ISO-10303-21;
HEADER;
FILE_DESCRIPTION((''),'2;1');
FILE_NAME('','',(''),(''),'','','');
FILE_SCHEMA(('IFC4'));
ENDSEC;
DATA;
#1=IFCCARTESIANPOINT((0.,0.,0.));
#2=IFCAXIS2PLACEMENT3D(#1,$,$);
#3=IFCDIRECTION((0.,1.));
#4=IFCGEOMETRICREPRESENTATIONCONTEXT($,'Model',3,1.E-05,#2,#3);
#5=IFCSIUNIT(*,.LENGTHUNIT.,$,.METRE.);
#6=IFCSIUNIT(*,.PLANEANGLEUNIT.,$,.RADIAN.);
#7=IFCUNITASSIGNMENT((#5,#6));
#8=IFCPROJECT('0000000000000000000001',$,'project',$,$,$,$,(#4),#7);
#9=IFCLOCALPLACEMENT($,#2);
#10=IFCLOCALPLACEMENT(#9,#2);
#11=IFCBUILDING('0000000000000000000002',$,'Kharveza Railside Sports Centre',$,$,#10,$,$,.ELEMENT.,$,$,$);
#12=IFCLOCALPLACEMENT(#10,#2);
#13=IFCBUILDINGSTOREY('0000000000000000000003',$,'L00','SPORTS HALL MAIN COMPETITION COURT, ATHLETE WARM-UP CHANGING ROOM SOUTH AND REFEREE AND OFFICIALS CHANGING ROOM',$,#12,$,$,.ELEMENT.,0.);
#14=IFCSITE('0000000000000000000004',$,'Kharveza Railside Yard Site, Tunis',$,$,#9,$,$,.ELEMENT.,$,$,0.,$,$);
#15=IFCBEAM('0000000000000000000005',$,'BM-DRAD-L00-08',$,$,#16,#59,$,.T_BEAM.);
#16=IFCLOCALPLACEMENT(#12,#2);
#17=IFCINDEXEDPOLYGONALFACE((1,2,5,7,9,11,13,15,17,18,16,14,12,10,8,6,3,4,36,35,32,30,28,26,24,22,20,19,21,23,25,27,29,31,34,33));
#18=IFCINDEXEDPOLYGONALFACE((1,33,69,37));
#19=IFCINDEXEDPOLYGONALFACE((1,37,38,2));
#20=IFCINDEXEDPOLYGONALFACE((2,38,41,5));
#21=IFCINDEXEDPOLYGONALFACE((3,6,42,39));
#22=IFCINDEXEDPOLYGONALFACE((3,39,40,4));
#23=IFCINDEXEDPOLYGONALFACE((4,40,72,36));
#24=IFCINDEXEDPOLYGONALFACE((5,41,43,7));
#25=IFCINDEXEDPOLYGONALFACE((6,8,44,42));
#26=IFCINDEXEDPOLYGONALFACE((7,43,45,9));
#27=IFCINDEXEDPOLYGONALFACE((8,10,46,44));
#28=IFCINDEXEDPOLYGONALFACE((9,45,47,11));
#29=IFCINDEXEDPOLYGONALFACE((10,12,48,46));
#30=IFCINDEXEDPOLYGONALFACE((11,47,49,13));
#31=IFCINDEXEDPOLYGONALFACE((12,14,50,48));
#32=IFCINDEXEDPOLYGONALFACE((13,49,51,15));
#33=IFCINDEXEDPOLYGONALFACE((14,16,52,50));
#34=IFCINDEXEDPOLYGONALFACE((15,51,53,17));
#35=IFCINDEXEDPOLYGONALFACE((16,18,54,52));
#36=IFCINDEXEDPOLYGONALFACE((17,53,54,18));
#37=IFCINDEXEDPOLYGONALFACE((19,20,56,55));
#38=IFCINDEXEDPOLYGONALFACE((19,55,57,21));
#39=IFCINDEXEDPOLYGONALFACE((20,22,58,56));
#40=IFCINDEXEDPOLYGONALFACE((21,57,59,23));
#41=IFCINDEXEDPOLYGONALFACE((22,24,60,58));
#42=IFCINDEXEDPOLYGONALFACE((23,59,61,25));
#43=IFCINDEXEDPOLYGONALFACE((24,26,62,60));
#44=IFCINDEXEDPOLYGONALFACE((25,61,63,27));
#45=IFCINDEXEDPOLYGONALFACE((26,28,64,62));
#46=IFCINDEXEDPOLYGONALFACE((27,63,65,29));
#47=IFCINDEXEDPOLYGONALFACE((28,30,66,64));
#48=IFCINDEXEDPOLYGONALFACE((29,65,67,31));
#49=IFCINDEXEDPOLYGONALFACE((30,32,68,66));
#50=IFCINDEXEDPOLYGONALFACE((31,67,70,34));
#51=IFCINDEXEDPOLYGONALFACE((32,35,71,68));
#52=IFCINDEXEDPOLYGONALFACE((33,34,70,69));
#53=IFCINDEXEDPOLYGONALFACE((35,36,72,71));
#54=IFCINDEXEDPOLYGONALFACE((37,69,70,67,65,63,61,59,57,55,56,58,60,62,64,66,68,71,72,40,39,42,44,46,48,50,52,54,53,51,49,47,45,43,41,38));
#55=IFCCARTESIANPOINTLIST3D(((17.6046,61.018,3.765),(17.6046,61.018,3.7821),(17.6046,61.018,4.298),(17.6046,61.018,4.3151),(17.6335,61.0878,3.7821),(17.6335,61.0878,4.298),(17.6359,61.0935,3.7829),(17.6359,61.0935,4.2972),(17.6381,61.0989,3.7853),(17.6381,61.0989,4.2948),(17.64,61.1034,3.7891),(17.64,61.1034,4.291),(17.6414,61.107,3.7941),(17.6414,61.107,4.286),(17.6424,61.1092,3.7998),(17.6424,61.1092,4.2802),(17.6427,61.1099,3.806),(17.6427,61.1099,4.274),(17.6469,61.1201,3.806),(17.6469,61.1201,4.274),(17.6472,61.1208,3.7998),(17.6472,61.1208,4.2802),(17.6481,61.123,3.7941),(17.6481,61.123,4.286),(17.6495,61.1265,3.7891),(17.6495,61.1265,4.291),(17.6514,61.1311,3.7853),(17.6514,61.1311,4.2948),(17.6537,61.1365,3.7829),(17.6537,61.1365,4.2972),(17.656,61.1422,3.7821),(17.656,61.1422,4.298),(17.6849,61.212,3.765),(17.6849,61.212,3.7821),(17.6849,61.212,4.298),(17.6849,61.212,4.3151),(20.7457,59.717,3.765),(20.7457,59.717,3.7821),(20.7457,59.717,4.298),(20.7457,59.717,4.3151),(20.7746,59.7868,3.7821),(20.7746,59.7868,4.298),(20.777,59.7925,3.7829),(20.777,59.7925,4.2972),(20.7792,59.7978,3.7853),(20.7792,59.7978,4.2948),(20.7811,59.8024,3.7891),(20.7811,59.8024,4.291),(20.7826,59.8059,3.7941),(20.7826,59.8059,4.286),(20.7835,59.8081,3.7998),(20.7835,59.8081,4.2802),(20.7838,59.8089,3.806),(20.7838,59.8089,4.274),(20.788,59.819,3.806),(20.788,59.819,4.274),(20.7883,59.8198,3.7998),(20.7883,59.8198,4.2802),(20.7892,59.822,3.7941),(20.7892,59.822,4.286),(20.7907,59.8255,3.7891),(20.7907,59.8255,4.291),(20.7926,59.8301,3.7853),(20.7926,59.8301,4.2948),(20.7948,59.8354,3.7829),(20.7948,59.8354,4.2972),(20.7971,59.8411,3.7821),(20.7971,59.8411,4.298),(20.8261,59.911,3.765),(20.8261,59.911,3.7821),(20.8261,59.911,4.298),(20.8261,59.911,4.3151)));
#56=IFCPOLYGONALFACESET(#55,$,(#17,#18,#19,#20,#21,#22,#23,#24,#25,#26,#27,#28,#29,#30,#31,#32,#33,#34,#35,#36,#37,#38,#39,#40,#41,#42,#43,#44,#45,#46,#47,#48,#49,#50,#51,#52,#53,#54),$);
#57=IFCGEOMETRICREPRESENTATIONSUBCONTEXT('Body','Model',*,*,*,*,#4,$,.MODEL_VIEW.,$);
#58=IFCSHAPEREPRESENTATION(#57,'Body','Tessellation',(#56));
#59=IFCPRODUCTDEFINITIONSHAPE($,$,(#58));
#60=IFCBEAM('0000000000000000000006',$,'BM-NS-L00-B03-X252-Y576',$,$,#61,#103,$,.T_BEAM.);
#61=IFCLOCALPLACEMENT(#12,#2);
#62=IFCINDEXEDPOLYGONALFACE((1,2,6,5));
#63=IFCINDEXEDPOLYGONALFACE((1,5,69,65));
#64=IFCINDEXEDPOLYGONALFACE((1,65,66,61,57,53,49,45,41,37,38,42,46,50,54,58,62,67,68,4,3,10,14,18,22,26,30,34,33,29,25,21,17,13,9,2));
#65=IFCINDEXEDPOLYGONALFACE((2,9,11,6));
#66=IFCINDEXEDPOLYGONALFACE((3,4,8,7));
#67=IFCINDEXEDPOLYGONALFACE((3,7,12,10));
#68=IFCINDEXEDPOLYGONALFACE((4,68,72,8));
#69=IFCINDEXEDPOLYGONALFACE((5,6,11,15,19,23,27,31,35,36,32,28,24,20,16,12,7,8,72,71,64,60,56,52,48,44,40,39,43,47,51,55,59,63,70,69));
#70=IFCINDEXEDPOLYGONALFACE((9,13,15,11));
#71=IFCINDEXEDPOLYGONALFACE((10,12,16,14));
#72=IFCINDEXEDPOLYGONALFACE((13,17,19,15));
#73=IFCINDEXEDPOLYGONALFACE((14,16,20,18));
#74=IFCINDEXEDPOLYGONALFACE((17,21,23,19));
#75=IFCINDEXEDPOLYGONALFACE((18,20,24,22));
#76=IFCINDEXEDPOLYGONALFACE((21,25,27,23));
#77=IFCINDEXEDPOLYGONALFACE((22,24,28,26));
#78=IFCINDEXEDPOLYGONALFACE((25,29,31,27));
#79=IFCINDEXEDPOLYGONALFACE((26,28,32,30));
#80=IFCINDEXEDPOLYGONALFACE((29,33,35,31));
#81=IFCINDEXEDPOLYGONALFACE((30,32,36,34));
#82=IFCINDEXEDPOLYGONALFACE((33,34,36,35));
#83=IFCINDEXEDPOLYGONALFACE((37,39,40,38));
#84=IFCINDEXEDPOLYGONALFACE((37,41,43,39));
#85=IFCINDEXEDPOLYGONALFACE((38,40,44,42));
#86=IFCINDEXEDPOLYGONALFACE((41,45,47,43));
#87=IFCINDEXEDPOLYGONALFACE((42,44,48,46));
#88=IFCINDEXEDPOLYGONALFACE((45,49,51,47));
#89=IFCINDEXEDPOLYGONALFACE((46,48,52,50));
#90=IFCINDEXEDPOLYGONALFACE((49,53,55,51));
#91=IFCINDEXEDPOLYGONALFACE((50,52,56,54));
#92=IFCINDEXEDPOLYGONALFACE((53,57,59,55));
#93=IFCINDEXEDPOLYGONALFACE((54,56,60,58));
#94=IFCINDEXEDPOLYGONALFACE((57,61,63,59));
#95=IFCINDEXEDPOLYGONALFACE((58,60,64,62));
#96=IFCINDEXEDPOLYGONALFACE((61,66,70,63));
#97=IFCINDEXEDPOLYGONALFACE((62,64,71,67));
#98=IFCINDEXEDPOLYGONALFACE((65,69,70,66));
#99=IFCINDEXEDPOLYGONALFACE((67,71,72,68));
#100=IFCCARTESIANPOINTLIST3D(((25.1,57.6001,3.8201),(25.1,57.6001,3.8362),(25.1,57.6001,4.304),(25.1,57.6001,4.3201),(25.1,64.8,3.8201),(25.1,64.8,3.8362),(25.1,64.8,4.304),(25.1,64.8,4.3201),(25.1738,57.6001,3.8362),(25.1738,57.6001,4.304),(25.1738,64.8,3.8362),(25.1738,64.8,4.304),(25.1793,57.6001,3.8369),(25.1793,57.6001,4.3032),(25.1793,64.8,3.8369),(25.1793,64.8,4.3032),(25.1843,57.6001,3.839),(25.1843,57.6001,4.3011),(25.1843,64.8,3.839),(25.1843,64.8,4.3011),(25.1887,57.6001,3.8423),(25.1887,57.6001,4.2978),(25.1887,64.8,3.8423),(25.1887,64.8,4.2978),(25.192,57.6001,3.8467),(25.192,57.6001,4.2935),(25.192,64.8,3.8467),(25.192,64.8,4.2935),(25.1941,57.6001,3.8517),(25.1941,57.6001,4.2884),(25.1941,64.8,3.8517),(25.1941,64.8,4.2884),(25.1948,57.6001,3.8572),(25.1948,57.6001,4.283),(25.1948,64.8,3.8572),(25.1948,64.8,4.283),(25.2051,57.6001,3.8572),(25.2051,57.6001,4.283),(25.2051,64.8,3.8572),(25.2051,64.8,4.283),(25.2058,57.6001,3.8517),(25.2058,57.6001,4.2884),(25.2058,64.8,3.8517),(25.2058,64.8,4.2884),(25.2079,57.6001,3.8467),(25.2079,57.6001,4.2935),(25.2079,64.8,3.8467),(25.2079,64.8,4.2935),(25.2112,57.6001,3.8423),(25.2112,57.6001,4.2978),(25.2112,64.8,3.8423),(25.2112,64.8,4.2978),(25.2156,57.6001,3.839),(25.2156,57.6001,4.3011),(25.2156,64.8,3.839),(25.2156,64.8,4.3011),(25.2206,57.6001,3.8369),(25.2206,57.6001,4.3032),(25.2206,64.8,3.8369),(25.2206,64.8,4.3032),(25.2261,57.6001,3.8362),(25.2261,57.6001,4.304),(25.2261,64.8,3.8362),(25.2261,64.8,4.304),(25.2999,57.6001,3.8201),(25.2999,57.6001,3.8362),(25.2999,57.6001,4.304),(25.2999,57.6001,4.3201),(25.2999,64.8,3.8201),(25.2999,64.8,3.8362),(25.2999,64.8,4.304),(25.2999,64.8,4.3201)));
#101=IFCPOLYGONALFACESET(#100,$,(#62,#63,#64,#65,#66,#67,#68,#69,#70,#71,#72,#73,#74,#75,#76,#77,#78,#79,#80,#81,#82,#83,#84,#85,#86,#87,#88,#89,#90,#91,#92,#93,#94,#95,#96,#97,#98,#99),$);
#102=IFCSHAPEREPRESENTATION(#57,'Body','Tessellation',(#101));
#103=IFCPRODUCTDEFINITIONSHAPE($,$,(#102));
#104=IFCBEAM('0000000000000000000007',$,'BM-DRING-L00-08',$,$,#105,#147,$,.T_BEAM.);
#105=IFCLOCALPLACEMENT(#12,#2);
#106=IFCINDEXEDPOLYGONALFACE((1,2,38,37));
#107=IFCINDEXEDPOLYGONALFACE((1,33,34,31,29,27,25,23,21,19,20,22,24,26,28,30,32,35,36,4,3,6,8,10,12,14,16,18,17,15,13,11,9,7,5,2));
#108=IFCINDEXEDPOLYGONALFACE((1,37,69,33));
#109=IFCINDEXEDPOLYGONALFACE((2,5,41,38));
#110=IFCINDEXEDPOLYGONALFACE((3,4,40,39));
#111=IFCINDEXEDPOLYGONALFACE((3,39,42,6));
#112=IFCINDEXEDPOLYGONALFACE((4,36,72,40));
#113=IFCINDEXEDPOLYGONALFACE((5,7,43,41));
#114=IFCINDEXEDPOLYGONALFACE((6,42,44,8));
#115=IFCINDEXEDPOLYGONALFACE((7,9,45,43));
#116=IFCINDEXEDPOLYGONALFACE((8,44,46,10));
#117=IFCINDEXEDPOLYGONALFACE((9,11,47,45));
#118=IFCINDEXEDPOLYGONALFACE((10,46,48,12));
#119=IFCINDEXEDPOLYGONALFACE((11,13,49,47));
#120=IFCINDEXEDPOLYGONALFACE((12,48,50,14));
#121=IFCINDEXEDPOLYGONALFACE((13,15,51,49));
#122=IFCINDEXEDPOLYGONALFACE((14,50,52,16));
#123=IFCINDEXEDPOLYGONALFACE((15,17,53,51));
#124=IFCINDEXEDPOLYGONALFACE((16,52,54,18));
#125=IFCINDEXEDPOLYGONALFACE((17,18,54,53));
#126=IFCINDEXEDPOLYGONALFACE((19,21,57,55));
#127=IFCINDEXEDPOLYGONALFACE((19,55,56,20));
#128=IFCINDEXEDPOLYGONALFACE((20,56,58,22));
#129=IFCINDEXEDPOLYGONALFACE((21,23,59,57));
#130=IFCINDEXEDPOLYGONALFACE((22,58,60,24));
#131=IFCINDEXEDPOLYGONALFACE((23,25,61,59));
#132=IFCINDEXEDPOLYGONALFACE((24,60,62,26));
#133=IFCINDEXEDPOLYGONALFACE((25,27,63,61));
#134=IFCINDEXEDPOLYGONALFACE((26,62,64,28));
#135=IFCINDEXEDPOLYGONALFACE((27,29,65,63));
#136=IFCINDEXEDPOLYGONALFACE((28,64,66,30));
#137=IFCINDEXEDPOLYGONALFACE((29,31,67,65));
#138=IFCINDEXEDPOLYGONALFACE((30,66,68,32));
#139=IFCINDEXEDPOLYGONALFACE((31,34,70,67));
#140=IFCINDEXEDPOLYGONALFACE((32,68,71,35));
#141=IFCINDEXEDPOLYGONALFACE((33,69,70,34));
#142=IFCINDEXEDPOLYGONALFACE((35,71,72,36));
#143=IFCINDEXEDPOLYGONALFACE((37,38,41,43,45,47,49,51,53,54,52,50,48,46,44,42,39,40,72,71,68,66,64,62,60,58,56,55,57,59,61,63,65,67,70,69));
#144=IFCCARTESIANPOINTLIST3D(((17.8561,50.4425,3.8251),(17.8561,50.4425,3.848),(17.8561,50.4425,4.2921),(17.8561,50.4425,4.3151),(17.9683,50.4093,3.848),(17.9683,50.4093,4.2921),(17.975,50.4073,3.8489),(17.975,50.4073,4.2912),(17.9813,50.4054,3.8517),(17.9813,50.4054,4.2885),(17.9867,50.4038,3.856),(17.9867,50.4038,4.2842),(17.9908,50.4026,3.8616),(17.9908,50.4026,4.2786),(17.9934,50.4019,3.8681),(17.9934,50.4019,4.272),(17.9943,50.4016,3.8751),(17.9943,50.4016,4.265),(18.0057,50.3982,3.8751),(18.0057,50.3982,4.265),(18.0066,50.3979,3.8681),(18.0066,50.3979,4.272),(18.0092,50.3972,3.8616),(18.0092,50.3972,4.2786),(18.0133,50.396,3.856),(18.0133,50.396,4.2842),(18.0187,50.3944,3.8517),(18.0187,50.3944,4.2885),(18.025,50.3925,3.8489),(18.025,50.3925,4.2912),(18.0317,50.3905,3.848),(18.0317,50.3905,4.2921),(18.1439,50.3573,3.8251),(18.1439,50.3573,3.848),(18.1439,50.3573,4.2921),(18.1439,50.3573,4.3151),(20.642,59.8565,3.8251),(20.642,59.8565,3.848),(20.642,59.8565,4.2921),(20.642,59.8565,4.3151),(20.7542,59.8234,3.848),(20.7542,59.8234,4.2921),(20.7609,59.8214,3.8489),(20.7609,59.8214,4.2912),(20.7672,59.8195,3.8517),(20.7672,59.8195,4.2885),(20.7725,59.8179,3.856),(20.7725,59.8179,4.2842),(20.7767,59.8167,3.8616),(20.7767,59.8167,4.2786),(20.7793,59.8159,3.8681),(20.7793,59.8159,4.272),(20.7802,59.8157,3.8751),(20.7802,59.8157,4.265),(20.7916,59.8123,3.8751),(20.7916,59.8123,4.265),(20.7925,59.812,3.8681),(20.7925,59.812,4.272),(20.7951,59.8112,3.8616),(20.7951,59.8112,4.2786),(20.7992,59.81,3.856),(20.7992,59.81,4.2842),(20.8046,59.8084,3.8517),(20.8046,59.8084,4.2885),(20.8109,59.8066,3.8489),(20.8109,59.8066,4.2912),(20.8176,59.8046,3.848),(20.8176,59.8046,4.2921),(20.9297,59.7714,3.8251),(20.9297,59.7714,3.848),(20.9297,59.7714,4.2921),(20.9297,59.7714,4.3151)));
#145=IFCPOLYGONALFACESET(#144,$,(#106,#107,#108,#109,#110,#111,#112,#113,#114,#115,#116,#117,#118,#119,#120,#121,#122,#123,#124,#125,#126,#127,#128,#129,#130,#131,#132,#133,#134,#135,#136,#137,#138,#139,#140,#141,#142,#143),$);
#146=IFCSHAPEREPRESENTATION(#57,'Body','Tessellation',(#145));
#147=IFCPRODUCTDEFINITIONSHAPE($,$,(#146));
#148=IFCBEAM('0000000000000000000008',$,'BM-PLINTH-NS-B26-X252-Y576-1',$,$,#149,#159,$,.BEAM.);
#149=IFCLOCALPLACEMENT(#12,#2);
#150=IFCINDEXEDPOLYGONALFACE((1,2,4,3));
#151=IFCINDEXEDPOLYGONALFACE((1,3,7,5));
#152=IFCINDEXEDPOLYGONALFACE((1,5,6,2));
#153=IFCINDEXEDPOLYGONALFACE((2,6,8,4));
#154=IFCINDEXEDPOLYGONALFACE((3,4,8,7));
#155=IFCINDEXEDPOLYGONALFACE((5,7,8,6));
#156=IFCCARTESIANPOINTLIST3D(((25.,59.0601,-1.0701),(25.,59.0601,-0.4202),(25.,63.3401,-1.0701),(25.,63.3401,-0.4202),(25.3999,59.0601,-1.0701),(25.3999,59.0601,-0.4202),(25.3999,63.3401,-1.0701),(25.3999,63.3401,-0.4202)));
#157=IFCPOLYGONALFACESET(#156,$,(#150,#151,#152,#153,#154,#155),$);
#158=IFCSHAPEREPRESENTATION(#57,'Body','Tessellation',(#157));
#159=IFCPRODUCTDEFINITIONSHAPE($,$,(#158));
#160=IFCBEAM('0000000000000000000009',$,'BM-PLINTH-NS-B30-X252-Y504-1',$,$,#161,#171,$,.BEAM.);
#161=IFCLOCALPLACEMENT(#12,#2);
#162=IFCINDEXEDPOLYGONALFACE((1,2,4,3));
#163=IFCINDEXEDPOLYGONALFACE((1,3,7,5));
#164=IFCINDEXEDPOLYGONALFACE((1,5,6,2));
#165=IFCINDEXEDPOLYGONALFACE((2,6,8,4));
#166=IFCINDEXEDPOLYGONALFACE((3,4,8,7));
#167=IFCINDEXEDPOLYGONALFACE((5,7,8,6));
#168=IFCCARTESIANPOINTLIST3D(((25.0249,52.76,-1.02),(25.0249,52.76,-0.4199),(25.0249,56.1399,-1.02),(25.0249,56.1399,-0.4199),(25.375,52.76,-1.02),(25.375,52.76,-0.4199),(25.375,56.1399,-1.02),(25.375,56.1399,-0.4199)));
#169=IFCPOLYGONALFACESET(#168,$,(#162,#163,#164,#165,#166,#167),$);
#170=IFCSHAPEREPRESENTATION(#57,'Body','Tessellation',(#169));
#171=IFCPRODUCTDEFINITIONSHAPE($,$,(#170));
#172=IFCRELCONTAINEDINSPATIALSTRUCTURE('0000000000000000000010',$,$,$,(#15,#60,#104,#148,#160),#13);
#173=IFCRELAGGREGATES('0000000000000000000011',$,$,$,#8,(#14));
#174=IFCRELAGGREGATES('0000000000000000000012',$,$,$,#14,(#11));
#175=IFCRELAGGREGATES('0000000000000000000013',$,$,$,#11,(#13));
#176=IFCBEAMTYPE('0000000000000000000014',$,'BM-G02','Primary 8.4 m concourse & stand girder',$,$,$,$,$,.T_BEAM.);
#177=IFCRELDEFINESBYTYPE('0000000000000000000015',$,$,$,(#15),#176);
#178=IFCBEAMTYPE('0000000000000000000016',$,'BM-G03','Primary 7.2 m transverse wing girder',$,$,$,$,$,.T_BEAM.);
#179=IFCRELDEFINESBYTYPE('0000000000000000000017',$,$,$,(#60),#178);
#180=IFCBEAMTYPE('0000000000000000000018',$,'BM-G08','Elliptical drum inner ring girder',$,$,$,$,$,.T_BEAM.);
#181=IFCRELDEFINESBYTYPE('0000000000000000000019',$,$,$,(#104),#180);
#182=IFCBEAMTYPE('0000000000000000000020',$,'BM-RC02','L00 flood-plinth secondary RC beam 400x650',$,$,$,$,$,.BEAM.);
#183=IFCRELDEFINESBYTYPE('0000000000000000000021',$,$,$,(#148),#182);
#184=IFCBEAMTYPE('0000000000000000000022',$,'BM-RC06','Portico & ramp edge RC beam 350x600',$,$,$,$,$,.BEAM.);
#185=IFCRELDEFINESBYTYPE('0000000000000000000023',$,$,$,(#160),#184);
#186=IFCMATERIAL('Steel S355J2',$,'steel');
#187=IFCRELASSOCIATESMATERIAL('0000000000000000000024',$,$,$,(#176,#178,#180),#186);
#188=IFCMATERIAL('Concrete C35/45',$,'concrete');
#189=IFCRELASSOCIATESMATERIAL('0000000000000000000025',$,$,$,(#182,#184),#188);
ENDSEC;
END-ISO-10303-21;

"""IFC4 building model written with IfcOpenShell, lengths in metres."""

from ifc_helpers import new_model, si_unit, direction, frame, origin, origin_2d, place, context, subcontext, project, spatial, rectangle, i_section, extrude, material, material_profile, profile_set, type_object, element, save


model = new_model("IFC4")

# Units and contexts
model_context = context("Model", 3, precision=1e-05, world=origin(), true_north=direction((0.0, 1.0)))
body_context = subcontext(model_context, "Body", "Model", "MODEL_VIEW")
ifc_project = project(units=[si_unit("LENGTHUNIT", "METRE"), si_unit("PLANEANGLEUNIT", "RADIAN")], contexts=[model_context])

# Site, building, storey
site_placement = place(None, origin())
site = spatial("IfcSite", under=ifc_project, at=site_placement, Name="Kharveza Railside Yard Site, Tunis", CompositionType="ELEMENT", RefElevation=0.0)
building_placement = place(site_placement, origin())
building = spatial("IfcBuilding", under=site, at=building_placement, Name="Kharveza Railside Sports Centre", CompositionType="ELEMENT")
storey_placement = place(building_placement, origin())
storey = spatial("IfcBuildingStorey", under=building, at=storey_placement, Name="L00", Description="SPORTS HALL MAIN COMPETITION COURT, ATHLETE WARM-UP CHANGING ROOM SOUTH AND REFEREE AND OFFICIALS CHANGING ROOM", CompositionType="ELEMENT", Elevation=0.0)

# Shared definitions
ifc_material_1 = material(Name="Concrete C35/45", Category="concrete")

# Shared definitions
ifc_material_2 = material(Name="Steel S355J2", Category="steel")

# Beams
ifc_material_profile_1 = material_profile(ifc_material_2, i_section(OverallWidth=0.21, OverallDepth=0.55, WebThickness=0.011, FlangeThickness=0.0171, FilletRadius=0.0239, at=origin_2d()), Name="IPE 550")
ifc_profile_set_1 = profile_set([ifc_material_profile_1], Name="Steel S355J2")
beam_type_1 = type_object("IfcBeamType", Name="BM-G02", Description="Primary 8.4 m concourse & stand girder", PredefinedType="T_BEAM", material=ifc_profile_set_1)
beam_1_placement = place(storey_placement, frame((20.7859, 59.814, 4.04), z_axis=(-0.923886, 0.382667, 0.0), x_axis=(-0.382667, -0.923886, 0.0)))
element("IfcBeam", 1, at=beam_1_placement, inside=storey, type_object=beam_type_1, Name="BM-DRAD-L00-08", PredefinedType="T_BEAM", context=body_context, shape_type="SweptSolid", body=[
    extrude(i_section(OverallWidth=0.21, OverallDepth=0.55, WebThickness=0.011, FlangeThickness=0.0171, FilletRadius=0.0239, at=origin_2d()), origin(), (0.0, 0.0, 1.0), 3.3999),
])
ifc_material_profile_2 = material_profile(ifc_material_2, i_section(OverallWidth=0.2, OverallDepth=0.5, WebThickness=0.0103, FlangeThickness=0.0161, FilletRadius=0.021, at=origin_2d()), Name="IPE 500")
ifc_profile_set_2 = profile_set([ifc_material_profile_2], Name="Steel S355J2")
beam_type_2 = type_object("IfcBeamType", Name="BM-G03", Description="Primary 7.2 m transverse wing girder", PredefinedType="T_BEAM", material=ifc_profile_set_2)
beam_2_placement = place(storey_placement, frame((25.2, 57.6001, 4.0701), z_axis=(0.0, 1.0, 0.0), x_axis=(-1.0, 0.0, 0.0)))
element("IfcBeam", 2, at=beam_2_placement, inside=storey, type_object=beam_type_2, Name="BM-NS-L00-B03-X252-Y576", PredefinedType="T_BEAM", context=body_context, shape_type="SweptSolid", body=[
    extrude(i_section(OverallWidth=0.2, OverallDepth=0.5, WebThickness=0.0103, FlangeThickness=0.0161, FilletRadius=0.021, at=origin_2d()), origin(), (0.0, 0.0, 1.0), 7.2),
])
ifc_material_profile_3 = material_profile(ifc_material_2, i_section(OverallWidth=0.3, OverallDepth=0.49, WebThickness=0.012, FlangeThickness=0.0229, FilletRadius=0.0271, at=origin_2d()), Name="HEA 500")
ifc_profile_set_3 = profile_set([ifc_material_profile_3], Name="Steel S355J2")
beam_type_3 = type_object("IfcBeamType", Name="BM-G08", Description="Elliptical drum inner ring girder", PredefinedType="T_BEAM", material=ifc_profile_set_3)
beam_3_placement = place(storey_placement, frame((20.7859, 59.814, 4.0701), z_axis=(-0.283764, -0.958894, 0.0), x_axis=(0.958894, -0.283764, 0.0)))
element("IfcBeam", 3, at=beam_3_placement, inside=storey, type_object=beam_type_3, Name="BM-DRING-L00-08", PredefinedType="T_BEAM", context=body_context, shape_type="SweptSolid", body=[
    extrude(i_section(OverallWidth=0.3, OverallDepth=0.49, WebThickness=0.012, FlangeThickness=0.0229, FilletRadius=0.0271, at=origin_2d()), origin(), (0.0, 0.0, 1.0), 9.8176),
])
ifc_material_profile_4 = material_profile(ifc_material_1, rectangle(XDim=0.3999, YDim=0.6499, at=origin_2d()), Name="RCB 400x650")
ifc_profile_set_4 = profile_set([ifc_material_profile_4], Name="Concrete C35/45")
beam_type_4 = type_object("IfcBeamType", Name="BM-RC02", Description="L00 flood-plinth secondary RC beam 400x650", PredefinedType="BEAM", material=ifc_profile_set_4)
beam_4_placement = place(storey_placement, frame((25.2, 59.0601, -0.7451), z_axis=(0.0, 1.0, 0.0), x_axis=(-1.0, 0.0, 0.0)))
element("IfcBeam", 4, at=beam_4_placement, inside=storey, type_object=beam_type_4, Name="BM-PLINTH-NS-B26-X252-Y576-1", PredefinedType="BEAM", context=body_context, shape_type="SweptSolid", body=[
    extrude(rectangle(XDim=0.3999, YDim=0.6499, at=origin_2d()), origin(), (0.0, 0.0, 1.0), 4.28),
])
ifc_material_profile_5 = material_profile(ifc_material_1, rectangle(XDim=0.3501, YDim=0.6001, at=origin_2d()), Name="RCB 350x600")
ifc_profile_set_5 = profile_set([ifc_material_profile_5], Name="Concrete C35/45")
beam_type_5 = type_object("IfcBeamType", Name="BM-RC06", Description="Portico & ramp edge RC beam 350x600", PredefinedType="BEAM", material=ifc_profile_set_5)
beam_5_placement = place(storey_placement, frame((25.2, 52.76, -0.72), z_axis=(0.0, 1.0, 0.0), x_axis=(-1.0, 0.0, 0.0)))
element("IfcBeam", 5, at=beam_5_placement, inside=storey, type_object=beam_type_5, Name="BM-PLINTH-NS-B30-X252-Y504-1", PredefinedType="BEAM", context=body_context, shape_type="SweptSolid", body=[
    extrude(rectangle(XDim=0.3501, YDim=0.6001, at=origin_2d()), origin(), (0.0, 0.0, 1.0), 3.3799),
])

save(model, "model.ifc")
